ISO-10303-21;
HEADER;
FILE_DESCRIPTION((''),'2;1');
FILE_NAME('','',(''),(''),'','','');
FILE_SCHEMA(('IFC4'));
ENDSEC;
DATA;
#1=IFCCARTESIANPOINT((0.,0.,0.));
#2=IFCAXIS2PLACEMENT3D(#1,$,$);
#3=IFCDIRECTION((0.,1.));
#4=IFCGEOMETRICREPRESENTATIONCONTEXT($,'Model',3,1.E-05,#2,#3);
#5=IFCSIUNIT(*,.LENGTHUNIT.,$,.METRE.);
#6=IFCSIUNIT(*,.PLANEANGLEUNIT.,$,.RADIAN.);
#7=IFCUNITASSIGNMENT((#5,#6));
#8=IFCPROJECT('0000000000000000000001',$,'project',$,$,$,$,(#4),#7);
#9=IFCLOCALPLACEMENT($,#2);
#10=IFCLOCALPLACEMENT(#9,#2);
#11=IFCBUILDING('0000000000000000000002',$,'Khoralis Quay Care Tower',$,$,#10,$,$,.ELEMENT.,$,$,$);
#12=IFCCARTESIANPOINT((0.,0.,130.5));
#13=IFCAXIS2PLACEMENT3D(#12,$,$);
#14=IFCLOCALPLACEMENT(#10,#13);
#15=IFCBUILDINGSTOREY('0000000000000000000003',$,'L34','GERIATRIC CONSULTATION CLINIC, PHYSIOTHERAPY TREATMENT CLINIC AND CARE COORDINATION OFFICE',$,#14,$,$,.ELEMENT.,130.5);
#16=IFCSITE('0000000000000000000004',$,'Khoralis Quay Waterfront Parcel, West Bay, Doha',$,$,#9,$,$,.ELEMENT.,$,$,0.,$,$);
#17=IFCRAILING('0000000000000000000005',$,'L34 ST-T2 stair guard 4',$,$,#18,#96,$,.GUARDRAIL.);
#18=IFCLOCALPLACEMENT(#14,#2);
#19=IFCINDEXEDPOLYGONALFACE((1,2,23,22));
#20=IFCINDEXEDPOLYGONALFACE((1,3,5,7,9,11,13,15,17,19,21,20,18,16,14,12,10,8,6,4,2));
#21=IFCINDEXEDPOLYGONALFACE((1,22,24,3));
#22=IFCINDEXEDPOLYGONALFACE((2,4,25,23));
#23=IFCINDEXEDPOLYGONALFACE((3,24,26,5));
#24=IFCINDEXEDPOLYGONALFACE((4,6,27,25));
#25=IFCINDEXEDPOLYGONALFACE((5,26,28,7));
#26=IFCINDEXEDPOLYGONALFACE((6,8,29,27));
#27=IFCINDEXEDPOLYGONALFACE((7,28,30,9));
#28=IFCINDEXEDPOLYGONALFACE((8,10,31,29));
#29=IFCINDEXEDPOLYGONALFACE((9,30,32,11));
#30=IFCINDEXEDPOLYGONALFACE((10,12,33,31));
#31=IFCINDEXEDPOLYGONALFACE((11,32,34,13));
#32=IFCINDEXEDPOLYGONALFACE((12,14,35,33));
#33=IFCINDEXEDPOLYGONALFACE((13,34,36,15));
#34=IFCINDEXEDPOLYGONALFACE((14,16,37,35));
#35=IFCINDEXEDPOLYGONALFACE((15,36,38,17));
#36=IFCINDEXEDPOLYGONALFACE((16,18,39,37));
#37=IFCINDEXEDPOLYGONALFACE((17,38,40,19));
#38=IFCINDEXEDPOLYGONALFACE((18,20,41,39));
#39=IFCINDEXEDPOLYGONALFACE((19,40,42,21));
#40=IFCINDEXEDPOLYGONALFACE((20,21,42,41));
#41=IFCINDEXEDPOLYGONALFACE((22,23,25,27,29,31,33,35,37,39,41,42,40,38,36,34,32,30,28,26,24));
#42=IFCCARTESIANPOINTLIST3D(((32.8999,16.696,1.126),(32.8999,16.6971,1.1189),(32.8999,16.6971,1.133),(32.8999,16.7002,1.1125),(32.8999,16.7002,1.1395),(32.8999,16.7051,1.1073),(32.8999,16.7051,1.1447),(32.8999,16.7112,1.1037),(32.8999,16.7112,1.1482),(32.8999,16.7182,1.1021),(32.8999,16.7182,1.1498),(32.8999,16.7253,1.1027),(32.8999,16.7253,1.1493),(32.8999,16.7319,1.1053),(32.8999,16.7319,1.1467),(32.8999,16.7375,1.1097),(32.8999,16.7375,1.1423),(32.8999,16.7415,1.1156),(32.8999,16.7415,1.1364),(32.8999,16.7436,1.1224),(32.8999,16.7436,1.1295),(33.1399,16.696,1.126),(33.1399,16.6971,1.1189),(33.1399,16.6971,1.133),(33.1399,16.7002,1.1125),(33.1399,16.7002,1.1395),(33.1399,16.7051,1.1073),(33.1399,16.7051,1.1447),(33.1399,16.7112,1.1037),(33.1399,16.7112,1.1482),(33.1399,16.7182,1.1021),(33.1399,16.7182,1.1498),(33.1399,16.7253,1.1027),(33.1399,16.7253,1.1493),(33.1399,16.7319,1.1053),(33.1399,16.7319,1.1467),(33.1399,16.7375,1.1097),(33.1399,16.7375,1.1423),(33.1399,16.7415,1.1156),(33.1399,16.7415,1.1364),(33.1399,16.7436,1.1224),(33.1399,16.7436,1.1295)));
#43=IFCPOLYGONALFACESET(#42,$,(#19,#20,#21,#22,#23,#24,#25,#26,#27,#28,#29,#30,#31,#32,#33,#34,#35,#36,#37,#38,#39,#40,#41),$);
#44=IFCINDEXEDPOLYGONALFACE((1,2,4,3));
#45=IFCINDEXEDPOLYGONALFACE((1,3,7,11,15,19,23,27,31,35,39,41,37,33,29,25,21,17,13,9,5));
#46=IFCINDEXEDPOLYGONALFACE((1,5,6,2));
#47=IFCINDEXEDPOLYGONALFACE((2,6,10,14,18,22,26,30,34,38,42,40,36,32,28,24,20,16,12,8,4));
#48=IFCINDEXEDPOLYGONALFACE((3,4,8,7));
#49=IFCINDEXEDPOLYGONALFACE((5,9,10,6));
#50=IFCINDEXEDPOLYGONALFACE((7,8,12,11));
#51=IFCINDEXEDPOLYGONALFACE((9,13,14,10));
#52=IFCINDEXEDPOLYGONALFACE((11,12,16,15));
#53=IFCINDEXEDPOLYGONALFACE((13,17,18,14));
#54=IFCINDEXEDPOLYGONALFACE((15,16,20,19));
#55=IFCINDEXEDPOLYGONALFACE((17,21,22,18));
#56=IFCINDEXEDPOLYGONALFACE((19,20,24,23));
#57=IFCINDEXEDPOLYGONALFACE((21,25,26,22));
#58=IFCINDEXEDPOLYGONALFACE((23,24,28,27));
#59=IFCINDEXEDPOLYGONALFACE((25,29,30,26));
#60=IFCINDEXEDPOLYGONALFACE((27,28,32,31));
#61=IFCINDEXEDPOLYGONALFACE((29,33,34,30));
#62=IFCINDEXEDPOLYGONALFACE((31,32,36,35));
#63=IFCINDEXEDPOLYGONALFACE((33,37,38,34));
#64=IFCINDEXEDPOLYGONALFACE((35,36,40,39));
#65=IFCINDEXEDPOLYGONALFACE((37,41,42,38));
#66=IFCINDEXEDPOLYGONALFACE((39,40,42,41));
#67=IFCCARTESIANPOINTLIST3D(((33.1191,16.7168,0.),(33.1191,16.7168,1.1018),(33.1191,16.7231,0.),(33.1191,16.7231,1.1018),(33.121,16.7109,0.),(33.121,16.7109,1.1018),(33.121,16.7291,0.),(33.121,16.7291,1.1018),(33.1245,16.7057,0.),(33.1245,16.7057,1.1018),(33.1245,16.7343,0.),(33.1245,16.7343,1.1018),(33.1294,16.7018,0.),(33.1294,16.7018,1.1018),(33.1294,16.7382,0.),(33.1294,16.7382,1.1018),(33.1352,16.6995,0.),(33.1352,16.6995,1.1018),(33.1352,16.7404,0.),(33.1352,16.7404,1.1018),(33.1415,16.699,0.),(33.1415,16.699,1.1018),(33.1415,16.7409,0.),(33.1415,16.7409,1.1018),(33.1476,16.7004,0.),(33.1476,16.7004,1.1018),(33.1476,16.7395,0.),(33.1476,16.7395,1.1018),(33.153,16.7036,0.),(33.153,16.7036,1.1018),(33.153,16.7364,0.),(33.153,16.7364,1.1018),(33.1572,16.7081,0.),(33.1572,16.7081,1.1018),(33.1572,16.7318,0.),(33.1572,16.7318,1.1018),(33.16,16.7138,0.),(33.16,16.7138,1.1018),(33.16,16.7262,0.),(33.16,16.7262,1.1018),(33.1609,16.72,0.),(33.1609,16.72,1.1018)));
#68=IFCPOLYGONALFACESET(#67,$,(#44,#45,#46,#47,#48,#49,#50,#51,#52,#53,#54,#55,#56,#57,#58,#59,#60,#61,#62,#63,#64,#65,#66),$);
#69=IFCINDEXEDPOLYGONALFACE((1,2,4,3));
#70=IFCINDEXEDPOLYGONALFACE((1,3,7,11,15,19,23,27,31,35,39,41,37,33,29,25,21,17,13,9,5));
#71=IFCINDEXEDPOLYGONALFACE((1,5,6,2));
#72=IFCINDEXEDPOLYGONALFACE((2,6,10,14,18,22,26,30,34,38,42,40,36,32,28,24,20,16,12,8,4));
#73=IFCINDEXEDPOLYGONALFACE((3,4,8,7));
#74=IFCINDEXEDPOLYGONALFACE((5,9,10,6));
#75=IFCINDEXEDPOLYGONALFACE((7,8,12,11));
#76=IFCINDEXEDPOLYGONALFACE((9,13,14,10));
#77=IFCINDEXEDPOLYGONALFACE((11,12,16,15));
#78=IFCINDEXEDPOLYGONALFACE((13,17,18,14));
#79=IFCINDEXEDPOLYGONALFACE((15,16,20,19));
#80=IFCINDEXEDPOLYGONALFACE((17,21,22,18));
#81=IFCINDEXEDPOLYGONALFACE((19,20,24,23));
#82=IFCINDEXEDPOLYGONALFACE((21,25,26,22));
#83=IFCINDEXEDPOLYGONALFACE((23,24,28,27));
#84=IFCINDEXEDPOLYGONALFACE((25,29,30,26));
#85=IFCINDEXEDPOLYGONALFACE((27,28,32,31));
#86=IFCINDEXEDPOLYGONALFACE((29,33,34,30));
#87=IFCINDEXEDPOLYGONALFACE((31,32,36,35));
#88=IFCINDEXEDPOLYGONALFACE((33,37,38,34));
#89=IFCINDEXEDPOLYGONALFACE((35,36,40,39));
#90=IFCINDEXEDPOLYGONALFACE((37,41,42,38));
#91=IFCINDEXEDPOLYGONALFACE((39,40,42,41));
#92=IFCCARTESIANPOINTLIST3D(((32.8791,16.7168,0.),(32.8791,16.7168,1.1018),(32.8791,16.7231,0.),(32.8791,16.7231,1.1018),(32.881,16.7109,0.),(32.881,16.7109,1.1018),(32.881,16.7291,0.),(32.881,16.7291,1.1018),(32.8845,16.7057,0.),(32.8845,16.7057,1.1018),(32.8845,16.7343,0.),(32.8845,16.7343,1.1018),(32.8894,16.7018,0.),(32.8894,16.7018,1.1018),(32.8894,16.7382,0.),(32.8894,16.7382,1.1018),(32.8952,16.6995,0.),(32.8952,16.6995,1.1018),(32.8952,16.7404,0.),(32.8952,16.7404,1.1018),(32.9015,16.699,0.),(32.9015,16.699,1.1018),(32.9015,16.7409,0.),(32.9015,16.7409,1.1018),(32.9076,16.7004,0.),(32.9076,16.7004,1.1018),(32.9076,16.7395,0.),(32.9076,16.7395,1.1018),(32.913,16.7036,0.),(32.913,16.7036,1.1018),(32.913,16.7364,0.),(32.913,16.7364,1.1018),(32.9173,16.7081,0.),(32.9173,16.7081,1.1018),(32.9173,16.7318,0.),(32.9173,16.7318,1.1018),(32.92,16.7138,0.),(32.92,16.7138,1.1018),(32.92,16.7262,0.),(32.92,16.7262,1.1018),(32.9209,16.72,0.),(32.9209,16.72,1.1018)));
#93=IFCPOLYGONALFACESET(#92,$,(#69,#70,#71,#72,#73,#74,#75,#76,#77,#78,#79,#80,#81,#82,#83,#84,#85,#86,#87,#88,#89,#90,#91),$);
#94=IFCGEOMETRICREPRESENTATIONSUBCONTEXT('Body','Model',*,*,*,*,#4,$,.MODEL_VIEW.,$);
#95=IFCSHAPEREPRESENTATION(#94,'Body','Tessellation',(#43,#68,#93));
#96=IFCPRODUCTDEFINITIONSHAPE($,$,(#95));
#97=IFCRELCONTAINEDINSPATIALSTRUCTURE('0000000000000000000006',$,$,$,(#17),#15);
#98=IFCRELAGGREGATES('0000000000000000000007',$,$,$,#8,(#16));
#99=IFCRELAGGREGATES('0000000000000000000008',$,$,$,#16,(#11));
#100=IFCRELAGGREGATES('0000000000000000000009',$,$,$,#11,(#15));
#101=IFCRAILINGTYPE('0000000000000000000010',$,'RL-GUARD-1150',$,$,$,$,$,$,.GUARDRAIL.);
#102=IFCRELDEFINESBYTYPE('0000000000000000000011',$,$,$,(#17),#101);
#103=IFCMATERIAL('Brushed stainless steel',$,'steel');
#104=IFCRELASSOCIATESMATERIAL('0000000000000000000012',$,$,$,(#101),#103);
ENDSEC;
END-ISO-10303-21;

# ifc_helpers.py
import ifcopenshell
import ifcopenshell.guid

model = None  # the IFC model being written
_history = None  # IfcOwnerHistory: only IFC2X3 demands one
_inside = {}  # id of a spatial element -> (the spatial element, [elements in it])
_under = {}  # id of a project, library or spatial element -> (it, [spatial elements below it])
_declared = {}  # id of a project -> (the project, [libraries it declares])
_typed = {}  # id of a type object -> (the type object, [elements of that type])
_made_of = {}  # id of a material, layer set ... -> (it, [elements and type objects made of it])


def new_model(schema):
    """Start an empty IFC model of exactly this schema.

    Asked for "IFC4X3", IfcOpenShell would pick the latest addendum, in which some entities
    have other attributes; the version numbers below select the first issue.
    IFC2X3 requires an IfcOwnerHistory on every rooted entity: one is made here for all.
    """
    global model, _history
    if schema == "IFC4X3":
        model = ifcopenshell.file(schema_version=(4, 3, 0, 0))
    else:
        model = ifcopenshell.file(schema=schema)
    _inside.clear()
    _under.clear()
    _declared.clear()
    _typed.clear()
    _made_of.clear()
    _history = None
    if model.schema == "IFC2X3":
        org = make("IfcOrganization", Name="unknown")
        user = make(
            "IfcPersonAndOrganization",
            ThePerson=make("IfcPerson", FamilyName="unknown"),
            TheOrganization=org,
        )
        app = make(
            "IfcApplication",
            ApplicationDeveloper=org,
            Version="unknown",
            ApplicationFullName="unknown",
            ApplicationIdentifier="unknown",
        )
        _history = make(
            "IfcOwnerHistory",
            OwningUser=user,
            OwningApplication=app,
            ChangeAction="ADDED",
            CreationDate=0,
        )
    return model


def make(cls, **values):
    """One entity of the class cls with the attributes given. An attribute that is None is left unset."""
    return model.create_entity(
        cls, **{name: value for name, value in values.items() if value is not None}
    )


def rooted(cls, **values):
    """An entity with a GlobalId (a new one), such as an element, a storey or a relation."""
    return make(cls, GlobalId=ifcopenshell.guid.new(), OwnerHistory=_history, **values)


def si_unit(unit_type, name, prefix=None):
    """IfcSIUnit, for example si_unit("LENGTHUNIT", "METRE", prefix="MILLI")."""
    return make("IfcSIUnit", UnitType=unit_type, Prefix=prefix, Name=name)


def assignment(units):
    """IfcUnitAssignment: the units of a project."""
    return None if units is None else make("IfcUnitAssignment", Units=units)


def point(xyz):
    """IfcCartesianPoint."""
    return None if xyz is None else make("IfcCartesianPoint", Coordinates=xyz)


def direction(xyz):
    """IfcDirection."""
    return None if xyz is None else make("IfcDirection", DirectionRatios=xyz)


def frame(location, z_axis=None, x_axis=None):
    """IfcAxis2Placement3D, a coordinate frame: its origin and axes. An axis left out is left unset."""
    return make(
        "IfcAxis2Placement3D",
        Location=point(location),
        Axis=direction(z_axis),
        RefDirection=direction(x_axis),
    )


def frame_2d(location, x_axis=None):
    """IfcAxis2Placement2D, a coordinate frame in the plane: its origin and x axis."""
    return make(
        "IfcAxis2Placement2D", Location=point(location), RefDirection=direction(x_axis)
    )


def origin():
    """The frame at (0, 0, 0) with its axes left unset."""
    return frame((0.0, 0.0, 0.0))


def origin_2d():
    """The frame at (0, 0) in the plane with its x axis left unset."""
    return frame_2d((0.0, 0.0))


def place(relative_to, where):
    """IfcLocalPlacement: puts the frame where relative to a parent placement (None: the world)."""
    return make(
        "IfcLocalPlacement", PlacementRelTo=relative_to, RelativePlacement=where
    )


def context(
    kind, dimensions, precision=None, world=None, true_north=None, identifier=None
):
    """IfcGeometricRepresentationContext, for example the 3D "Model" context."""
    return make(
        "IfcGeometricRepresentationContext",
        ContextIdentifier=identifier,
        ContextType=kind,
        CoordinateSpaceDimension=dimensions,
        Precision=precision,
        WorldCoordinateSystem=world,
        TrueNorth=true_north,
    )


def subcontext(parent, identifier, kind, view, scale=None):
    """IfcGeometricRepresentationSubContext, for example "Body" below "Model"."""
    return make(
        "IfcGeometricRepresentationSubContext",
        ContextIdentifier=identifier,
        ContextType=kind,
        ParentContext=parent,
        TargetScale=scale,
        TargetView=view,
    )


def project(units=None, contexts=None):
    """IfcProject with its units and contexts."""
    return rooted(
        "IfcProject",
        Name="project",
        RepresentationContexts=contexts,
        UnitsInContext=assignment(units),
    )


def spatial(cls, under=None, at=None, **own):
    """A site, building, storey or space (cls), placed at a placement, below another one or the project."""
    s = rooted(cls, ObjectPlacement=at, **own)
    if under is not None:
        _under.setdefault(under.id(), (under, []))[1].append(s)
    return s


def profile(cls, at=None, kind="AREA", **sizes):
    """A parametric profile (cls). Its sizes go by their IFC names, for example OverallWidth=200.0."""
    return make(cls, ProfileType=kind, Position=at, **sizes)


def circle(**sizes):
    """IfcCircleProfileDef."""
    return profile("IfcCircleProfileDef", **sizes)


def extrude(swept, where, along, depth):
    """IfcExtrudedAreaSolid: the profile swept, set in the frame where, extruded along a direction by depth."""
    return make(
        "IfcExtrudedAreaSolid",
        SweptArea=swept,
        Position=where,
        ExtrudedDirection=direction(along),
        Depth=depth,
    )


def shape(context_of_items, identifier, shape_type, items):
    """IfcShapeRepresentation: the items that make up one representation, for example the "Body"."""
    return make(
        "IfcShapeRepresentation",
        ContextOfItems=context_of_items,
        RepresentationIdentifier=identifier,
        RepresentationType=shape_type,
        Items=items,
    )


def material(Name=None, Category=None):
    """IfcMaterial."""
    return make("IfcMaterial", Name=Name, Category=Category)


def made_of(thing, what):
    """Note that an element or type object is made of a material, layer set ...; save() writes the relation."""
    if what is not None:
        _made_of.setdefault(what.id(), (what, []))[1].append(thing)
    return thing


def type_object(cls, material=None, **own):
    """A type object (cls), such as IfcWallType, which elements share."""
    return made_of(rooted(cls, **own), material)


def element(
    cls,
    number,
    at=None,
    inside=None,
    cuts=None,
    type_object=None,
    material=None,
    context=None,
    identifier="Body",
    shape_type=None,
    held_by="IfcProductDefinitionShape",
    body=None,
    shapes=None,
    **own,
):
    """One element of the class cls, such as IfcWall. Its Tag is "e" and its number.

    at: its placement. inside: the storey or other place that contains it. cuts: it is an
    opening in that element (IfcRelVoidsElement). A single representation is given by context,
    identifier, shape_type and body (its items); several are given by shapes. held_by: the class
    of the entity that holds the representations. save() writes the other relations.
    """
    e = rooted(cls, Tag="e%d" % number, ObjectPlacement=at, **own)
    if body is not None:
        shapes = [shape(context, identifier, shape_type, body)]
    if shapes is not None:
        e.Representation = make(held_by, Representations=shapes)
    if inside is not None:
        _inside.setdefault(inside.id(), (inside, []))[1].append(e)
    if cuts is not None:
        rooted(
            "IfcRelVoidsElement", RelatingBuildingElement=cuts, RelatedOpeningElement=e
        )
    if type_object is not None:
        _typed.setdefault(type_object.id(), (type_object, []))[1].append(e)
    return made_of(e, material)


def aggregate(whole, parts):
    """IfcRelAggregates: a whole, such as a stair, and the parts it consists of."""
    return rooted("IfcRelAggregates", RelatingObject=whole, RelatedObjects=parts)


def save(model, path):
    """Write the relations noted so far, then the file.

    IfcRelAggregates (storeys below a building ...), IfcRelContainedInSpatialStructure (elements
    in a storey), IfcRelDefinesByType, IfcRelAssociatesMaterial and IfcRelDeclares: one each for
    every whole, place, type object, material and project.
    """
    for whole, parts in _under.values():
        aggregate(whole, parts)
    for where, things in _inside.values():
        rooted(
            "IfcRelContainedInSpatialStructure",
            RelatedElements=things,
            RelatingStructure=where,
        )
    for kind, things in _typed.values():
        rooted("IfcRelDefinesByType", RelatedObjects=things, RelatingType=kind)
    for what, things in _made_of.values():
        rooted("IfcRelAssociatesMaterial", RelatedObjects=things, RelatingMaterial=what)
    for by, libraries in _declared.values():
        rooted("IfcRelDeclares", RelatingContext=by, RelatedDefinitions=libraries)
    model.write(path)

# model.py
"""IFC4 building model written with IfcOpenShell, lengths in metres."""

from ifc_helpers import new_model, si_unit, direction, frame, origin, origin_2d, place, context, subcontext, project, spatial, circle, extrude, material, type_object, element, save


model = new_model("IFC4")

# Units and contexts
model_context = context("Model", 3, precision=1e-05, world=origin(), true_north=direction((0.0, 1.0)))
body_context = subcontext(model_context, "Body", "Model", "MODEL_VIEW")
ifc_project = project(units=[si_unit("LENGTHUNIT", "METRE"), si_unit("PLANEANGLEUNIT", "RADIAN")], contexts=[model_context])

# Site, building, storey
site_placement = place(None, origin())
site = spatial("IfcSite", under=ifc_project, at=site_placement, Name="Khoralis Quay Waterfront Parcel, West Bay, Doha", CompositionType="ELEMENT", RefElevation=0.0)
building_placement = place(site_placement, origin())
building = spatial("IfcBuilding", under=site, at=building_placement, Name="Khoralis Quay Care Tower", CompositionType="ELEMENT")
storey_placement = place(building_placement, frame((0.0, 0.0, 130.5)))
storey = spatial("IfcBuildingStorey", under=building, at=storey_placement, Name="L34", Description="GERIATRIC CONSULTATION CLINIC, PHYSIOTHERAPY TREATMENT CLINIC AND CARE COORDINATION OFFICE", CompositionType="ELEMENT", Elevation=130.5)

# Shared definitions
ifc_material_1 = material(Name="Brushed stainless steel", Category="steel")

# Railing
railing_type_1 = type_object("IfcRailingType", Name="RL-GUARD-1150", PredefinedType="GUARDRAIL", material=ifc_material_1)
railing_1_placement = place(storey_placement, frame((33.1399, 16.72, 0.0)))
element("IfcRailing", 1, at=railing_1_placement, inside=storey, type_object=railing_type_1, Name="L34 ST-T2 stair guard 4", PredefinedType="GUARDRAIL", context=body_context, shape_type="SweptSolid", body=[
    extrude(circle(Radius=0.0239, at=origin_2d()), frame((0.0, 0.0, 1.126), z_axis=(-1.0, 0.0, 0.0), x_axis=(0.0, -1.0, 0.0)), (0.0, 0.0, 1.0), 0.24),
    extrude(circle(Radius=0.021, at=origin_2d()), origin(), (0.0, 0.0, 1.0), 1.1018),
    extrude(circle(Radius=0.021, at=origin_2d()), frame((-0.24, 0.0, 0.0)), (0.0, 0.0, 1.0), 1.1018),
])

save(model, "model.ifc")
